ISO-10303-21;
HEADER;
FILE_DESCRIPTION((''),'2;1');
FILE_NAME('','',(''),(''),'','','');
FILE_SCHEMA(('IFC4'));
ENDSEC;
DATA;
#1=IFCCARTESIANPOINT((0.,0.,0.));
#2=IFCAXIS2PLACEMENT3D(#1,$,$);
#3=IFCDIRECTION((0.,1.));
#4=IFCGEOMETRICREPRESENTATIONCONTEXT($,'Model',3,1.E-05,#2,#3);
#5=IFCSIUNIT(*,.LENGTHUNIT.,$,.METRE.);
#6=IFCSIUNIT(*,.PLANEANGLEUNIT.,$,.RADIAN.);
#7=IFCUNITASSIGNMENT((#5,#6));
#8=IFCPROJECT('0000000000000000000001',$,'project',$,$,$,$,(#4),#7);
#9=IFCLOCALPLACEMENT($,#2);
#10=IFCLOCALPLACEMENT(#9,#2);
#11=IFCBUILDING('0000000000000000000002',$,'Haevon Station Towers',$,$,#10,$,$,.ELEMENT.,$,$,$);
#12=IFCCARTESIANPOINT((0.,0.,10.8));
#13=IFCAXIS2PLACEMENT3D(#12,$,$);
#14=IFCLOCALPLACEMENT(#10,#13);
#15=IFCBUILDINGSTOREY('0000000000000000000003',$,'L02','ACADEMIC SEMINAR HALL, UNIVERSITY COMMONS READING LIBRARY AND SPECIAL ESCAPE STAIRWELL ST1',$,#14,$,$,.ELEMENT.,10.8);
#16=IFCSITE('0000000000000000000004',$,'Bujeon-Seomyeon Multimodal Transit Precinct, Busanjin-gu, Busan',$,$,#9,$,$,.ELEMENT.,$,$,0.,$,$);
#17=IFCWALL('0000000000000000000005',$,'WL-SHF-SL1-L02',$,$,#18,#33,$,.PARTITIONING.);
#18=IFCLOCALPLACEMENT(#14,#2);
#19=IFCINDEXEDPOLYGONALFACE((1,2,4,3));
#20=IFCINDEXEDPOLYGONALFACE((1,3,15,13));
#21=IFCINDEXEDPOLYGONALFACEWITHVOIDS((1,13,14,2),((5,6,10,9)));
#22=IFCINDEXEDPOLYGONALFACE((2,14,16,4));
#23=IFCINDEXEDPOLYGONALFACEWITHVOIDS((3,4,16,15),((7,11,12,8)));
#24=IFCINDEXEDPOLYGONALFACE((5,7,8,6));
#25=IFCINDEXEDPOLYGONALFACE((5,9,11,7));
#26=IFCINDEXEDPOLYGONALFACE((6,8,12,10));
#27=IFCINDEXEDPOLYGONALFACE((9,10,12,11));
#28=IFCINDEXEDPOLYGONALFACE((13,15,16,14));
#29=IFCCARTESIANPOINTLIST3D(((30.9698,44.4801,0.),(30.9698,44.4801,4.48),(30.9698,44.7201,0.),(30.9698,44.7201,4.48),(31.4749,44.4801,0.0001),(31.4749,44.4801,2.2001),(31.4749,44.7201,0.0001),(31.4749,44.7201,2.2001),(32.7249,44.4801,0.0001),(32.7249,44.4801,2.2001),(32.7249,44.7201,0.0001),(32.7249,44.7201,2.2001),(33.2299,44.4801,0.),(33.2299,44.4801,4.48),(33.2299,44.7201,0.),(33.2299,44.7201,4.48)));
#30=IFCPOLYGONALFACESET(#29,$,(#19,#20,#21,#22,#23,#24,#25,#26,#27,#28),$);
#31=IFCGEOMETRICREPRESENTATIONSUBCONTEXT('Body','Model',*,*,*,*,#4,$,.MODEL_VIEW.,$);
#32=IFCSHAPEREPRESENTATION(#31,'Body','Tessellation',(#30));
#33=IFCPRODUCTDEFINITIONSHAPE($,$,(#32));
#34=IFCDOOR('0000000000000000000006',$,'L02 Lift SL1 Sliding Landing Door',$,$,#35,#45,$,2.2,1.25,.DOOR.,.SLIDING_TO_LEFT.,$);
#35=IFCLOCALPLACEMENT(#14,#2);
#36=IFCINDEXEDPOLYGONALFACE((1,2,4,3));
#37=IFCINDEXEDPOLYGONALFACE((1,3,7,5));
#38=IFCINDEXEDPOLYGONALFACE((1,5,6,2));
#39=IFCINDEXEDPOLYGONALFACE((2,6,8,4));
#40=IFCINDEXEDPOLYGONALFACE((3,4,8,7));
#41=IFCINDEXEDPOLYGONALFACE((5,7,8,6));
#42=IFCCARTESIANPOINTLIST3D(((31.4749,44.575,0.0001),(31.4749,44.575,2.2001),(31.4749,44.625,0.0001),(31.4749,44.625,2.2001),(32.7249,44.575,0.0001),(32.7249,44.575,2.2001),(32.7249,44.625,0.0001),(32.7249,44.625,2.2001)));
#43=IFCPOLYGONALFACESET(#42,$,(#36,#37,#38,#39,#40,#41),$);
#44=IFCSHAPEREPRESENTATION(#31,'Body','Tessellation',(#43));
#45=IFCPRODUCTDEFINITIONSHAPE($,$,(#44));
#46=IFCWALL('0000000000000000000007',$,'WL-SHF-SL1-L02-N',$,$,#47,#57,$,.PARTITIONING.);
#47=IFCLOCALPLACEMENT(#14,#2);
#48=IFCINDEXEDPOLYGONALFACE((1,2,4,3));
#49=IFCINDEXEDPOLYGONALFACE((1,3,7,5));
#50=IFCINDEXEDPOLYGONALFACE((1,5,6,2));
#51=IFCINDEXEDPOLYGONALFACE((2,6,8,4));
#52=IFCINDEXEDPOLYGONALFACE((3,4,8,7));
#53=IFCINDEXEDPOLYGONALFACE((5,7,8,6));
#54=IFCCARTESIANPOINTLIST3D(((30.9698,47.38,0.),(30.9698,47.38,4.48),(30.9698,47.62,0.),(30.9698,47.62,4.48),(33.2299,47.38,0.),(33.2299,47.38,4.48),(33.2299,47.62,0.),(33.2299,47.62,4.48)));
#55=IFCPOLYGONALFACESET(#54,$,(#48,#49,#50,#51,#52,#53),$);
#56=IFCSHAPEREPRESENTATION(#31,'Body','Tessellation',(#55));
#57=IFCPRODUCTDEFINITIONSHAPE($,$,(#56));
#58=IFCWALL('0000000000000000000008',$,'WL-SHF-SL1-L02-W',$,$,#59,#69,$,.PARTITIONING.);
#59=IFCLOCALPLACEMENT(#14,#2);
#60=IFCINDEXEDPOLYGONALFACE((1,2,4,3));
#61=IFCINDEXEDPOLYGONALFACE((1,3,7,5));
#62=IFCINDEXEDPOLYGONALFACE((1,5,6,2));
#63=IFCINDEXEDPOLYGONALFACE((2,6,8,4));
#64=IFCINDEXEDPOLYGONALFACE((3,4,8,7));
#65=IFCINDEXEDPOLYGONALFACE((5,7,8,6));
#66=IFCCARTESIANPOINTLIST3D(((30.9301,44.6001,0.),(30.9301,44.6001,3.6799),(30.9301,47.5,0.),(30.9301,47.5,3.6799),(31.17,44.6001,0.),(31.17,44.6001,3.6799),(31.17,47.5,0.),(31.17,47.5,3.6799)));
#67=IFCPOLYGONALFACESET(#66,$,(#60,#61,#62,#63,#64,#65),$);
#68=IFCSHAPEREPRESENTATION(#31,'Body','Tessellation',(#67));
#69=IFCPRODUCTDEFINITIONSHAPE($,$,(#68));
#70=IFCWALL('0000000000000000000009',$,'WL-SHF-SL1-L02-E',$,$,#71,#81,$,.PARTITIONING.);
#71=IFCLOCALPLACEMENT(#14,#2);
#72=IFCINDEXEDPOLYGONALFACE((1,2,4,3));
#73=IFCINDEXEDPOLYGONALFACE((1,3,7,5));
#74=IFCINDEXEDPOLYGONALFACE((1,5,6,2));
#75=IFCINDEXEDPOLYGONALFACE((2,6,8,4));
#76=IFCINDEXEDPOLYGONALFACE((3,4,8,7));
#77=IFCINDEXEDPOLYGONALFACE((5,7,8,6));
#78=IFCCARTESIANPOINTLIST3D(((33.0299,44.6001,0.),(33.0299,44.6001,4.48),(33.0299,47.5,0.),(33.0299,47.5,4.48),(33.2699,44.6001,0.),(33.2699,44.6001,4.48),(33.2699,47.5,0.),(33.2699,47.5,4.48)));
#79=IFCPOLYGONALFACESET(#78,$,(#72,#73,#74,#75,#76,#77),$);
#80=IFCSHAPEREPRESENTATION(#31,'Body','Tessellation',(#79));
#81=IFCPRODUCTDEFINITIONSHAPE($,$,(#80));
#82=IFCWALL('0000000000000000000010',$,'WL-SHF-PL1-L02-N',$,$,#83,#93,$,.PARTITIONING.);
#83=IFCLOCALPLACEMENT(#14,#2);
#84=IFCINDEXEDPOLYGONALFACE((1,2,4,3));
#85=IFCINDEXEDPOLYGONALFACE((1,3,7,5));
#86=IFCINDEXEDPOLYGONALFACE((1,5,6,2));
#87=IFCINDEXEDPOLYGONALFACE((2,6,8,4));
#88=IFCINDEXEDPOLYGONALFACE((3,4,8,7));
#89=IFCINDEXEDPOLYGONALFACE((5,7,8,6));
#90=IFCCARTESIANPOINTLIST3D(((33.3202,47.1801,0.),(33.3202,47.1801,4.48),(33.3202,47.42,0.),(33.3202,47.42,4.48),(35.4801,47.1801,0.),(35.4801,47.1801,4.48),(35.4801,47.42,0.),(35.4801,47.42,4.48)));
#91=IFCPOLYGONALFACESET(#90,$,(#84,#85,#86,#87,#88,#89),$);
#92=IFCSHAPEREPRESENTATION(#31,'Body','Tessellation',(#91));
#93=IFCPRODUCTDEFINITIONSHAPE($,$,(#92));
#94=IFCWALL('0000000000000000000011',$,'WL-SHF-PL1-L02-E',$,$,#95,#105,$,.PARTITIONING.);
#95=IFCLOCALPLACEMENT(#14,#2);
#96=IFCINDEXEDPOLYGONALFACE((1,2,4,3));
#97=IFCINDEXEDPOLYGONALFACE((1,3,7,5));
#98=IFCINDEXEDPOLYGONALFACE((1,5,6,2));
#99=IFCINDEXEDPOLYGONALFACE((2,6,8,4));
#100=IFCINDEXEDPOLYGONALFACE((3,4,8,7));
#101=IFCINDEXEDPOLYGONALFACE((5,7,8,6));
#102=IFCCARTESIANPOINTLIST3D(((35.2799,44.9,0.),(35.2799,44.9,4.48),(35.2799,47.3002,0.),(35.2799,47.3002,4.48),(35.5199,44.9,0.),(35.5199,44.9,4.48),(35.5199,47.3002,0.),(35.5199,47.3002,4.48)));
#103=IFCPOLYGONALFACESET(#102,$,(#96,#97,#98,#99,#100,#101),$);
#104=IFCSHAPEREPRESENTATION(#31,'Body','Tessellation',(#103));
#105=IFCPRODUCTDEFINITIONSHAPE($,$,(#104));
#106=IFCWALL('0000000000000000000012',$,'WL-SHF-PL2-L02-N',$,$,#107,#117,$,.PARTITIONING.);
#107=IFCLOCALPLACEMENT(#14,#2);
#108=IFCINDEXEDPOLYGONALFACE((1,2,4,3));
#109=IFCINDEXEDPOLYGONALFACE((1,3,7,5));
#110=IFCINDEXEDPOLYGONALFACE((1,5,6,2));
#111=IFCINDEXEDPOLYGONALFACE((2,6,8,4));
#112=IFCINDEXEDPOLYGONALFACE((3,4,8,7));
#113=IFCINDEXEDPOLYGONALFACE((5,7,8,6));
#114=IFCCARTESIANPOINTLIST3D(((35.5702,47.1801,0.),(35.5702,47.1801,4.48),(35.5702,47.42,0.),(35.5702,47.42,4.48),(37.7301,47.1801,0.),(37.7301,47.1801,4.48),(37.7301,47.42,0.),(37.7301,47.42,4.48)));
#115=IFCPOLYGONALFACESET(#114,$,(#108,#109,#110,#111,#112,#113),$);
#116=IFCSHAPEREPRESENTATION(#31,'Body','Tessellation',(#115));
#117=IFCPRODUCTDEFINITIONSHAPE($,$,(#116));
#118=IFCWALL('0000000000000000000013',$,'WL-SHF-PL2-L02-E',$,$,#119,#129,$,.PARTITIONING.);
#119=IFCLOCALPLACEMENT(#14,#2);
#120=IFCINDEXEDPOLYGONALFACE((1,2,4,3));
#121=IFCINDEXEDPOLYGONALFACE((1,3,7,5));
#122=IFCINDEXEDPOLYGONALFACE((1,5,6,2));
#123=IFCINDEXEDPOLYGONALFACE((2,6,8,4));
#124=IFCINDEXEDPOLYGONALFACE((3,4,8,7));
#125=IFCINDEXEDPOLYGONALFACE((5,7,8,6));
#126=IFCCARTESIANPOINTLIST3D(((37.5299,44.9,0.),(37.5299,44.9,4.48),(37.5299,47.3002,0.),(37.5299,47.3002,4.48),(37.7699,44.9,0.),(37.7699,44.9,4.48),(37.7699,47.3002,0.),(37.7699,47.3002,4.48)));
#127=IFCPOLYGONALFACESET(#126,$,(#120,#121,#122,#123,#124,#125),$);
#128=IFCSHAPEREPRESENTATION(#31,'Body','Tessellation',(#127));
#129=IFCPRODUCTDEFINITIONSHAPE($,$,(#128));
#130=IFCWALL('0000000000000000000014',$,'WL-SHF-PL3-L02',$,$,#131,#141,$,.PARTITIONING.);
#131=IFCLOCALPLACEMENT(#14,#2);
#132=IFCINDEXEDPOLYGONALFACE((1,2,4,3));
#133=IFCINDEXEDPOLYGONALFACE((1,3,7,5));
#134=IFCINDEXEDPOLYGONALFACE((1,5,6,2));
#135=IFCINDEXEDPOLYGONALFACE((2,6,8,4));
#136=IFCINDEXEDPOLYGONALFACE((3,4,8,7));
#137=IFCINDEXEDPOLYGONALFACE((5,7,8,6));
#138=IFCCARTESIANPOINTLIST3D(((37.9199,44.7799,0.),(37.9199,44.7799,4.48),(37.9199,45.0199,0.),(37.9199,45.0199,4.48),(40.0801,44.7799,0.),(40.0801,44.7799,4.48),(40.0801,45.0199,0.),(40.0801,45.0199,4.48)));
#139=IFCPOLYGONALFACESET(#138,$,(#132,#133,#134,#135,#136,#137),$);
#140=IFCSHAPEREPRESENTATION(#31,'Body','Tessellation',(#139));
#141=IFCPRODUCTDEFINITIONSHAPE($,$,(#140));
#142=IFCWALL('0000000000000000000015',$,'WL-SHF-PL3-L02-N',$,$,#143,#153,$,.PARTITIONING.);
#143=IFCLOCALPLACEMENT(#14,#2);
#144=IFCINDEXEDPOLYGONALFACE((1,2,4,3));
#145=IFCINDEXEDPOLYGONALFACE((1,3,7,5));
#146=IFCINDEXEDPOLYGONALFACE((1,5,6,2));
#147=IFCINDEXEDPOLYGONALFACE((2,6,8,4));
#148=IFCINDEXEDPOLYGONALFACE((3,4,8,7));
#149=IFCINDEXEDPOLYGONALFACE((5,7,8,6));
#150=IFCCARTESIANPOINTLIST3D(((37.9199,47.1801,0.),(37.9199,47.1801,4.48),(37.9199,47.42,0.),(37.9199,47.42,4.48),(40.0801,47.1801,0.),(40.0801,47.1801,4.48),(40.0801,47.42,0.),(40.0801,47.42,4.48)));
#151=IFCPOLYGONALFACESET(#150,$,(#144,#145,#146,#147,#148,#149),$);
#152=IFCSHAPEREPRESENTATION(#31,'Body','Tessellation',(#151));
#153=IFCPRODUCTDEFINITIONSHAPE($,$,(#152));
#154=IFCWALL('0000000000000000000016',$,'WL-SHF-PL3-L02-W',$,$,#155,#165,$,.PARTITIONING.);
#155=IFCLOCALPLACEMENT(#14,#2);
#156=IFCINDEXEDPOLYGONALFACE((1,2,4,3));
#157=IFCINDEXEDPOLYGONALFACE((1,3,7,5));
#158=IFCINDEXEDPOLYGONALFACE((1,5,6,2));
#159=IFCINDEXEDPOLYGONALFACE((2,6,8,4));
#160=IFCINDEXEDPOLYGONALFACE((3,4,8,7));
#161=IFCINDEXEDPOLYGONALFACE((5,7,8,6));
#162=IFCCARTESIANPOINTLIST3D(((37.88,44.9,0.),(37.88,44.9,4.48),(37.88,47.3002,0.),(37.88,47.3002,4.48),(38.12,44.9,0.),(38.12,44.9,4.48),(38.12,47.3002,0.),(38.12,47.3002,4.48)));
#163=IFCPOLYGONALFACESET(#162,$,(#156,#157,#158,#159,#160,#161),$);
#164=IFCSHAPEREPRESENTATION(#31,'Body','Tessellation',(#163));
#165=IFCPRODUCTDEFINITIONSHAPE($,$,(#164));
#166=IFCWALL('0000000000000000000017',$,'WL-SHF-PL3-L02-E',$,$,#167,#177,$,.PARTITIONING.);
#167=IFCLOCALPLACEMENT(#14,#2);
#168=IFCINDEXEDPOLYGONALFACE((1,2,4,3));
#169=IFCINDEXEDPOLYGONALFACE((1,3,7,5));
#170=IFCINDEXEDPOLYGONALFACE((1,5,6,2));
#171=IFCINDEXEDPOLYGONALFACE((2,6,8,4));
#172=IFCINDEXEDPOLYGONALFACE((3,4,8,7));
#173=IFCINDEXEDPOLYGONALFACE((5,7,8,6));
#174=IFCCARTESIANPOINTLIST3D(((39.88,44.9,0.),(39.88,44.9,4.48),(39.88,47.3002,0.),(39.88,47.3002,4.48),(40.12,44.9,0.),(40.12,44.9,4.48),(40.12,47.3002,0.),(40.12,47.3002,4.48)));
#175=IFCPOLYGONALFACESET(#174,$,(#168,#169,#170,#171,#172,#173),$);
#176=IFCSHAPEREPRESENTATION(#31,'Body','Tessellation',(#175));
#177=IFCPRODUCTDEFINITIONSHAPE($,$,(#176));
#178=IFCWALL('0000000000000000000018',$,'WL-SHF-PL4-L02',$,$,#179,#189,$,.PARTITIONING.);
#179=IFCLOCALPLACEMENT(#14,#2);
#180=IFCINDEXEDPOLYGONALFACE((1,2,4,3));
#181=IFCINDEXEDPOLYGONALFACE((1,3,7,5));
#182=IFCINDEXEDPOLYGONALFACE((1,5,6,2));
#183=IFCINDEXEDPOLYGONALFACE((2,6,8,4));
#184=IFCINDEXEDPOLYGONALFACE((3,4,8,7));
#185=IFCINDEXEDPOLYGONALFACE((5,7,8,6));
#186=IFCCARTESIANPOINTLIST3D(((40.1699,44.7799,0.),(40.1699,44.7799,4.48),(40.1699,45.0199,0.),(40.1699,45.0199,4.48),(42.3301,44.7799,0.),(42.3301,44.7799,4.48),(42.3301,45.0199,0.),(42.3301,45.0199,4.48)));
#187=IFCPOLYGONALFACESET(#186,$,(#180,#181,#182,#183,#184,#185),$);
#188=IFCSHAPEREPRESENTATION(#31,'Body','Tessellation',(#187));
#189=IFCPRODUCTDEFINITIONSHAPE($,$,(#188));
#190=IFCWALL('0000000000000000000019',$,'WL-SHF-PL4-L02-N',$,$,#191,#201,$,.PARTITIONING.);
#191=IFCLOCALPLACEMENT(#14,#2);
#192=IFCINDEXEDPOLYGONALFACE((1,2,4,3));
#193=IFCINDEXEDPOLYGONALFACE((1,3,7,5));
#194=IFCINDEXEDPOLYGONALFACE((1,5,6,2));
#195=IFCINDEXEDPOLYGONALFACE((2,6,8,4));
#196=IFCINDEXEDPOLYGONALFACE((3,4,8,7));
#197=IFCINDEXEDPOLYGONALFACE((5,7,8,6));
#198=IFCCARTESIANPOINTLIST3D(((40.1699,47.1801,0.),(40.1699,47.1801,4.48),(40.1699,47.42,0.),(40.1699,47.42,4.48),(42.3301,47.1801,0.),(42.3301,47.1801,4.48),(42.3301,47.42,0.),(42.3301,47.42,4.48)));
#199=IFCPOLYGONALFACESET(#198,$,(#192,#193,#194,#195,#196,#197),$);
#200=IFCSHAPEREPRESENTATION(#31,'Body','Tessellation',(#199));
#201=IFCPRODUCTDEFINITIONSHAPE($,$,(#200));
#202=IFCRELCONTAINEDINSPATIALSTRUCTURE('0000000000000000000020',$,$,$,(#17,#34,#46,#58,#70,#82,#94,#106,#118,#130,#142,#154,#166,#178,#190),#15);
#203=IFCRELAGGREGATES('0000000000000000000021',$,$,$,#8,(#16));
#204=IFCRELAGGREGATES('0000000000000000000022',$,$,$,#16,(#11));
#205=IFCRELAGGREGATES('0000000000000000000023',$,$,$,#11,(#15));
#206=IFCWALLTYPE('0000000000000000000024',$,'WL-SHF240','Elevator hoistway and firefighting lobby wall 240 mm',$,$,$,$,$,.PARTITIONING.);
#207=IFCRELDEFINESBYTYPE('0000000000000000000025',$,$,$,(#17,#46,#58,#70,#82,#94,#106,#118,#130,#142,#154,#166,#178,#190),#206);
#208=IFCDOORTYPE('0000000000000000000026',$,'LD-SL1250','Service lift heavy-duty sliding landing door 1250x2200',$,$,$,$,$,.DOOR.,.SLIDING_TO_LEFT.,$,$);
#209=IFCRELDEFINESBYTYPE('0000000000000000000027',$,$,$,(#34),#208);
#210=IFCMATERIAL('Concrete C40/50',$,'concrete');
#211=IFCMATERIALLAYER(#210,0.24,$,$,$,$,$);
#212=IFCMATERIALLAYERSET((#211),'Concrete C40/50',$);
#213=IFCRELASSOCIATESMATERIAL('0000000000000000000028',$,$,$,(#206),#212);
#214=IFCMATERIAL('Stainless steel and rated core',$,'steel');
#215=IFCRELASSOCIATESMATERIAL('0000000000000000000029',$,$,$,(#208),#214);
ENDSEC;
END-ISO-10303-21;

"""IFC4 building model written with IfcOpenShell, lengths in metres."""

from ifc_helpers import new_model, si_unit, direction, frame, frame_2d, origin, place, context, subcontext, project, spatial, rectangle, extrude, material, layer, layer_set, type_object, element, fill, save


model = new_model("IFC4")

# Units and contexts
model_context = context("Model", 3, precision=1e-05, world=origin(), true_north=direction((0.0, 1.0)))
body_context = subcontext(model_context, "Body", "Model", "MODEL_VIEW")
ifc_project = project(units=[si_unit("LENGTHUNIT", "METRE"), si_unit("PLANEANGLEUNIT", "RADIAN")], contexts=[model_context])

# Site, building, storey
site_placement = place(None, origin())
site = spatial("IfcSite", under=ifc_project, at=site_placement, Name="Bujeon-Seomyeon Multimodal Transit Precinct, Busanjin-gu, Busan", CompositionType="ELEMENT", RefElevation=0.0)
building_placement = place(site_placement, origin())
building = spatial("IfcBuilding", under=site, at=building_placement, Name="Haevon Station Towers", CompositionType="ELEMENT")
storey_placement = place(building_placement, frame((0.0, 0.0, 10.8)))
storey = spatial("IfcBuildingStorey", under=building, at=storey_placement, Name="L02", Description="ACADEMIC SEMINAR HALL, UNIVERSITY COMMONS READING LIBRARY AND SPECIAL ESCAPE STAIRWELL ST1", CompositionType="ELEMENT", Elevation=10.8)

# Shared definitions
ifc_material_1 = material(Name="Concrete C40/50", Category="concrete")
ifc_layer_1 = layer(ifc_material_1, 0.24)
ifc_layer_set_1 = layer_set([ifc_layer_1], Name="Concrete C40/50")
wall_type_1 = type_object("IfcWallType", Name="WL-SHF240", Description="Elevator hoistway and firefighting lobby wall 240 mm", PredefinedType="PARTITIONING", material=ifc_layer_set_1)

# Wall, opening, door
wall_1_placement = place(storey_placement, frame((30.97, 44.6001, 0.0), z_axis=(0.0, 0.0, 1.0), x_axis=(1.0, 0.0, 0.0)))
wall_1 = element("IfcWall", 1, at=wall_1_placement, inside=storey, type_object=wall_type_1, Name="WL-SHF-SL1-L02", PredefinedType="PARTITIONING", context=body_context, shape_type="SweptSolid", body=[
    extrude(rectangle(XDim=2.26, YDim=0.24, at=frame_2d((1.1299, 0.0))), origin(), (0.0, 0.0, 1.0), 4.48),
])
opening_1_placement = place(wall_1_placement, frame((0.5049, 0.0, 0.0)))
opening_1 = element("IfcOpeningElement", 2, at=opening_1_placement, cuts=wall_1, PredefinedType="OPENING", context=body_context, shape_type="SweptSolid", body=[
    extrude(rectangle(XDim=1.25, YDim=2.2, at=frame_2d((0.625, 1.1001))), frame((0.0, 0.1299, 0.0), z_axis=(0.0, -1.0, 0.0), x_axis=(1.0, 0.0, 0.0)), (0.0, 0.0, 1.0), 0.26),
])
ifc_material_2 = material(Name="Stainless steel and rated core", Category="steel")
door_type_1 = type_object("IfcDoorType", Name="LD-SL1250", Description="Service lift heavy-duty sliding landing door 1250x2200", OperationType="SLIDING_TO_LEFT", PredefinedType="DOOR", material=ifc_material_2)
door_1_placement = place(opening_1_placement, origin())
door_1 = element("IfcDoor", 3, at=door_1_placement, inside=storey, type_object=door_type_1, Name="L02 Lift SL1 Sliding Landing Door", OperationType="SLIDING_TO_LEFT", OverallHeight=2.2, OverallWidth=1.25, PredefinedType="DOOR", context=body_context, shape_type="SweptSolid", body=[
    extrude(rectangle(XDim=1.25, YDim=2.2, at=frame_2d((0.625, 1.1001))), frame((0.0, 0.0249, 0.0), z_axis=(0.0, -1.0, 0.0), x_axis=(1.0, 0.0, 0.0)), (0.0, 0.0, 1.0), 0.05),
])
fill(opening_1, door_1)

# Walls
wall_2_placement = place(storey_placement, frame((30.97, 47.5, 0.0), z_axis=(0.0, 0.0, 1.0), x_axis=(1.0, 0.0, 0.0)))
element("IfcWall", 4, at=wall_2_placement, inside=storey, type_object=wall_type_1, Name="WL-SHF-SL1-L02-N", PredefinedType="PARTITIONING", context=body_context, shape_type="SweptSolid", body=[
    extrude(rectangle(XDim=2.26, YDim=0.24, at=frame_2d((1.1299, 0.0))), origin(), (0.0, 0.0, 1.0), 4.48),
])
wall_3_placement = place(storey_placement, frame((31.05, 44.6001, 0.0), z_axis=(0.0, 0.0, 1.0), x_axis=(0.0, 1.0, 0.0)))
element("IfcWall", 5, at=wall_3_placement, inside=storey, type_object=wall_type_1, Name="WL-SHF-SL1-L02-W", PredefinedType="PARTITIONING", context=body_context, shape_type="SweptSolid", body=[
    extrude(rectangle(XDim=2.8999, YDim=0.24, at=frame_2d((1.45, 0.0))), origin(), (0.0, 0.0, 1.0), 3.6799),
])
wall_4_placement = place(storey_placement, frame((33.1499, 44.6001, 0.0), z_axis=(0.0, 0.0, 1.0), x_axis=(0.0, 1.0, 0.0)))
element("IfcWall", 6, at=wall_4_placement, inside=storey, type_object=wall_type_1, Name="WL-SHF-SL1-L02-E", PredefinedType="PARTITIONING", context=body_context, shape_type="SweptSolid", body=[
    extrude(rectangle(XDim=2.8999, YDim=0.24, at=frame_2d((1.45, 0.0))), origin(), (0.0, 0.0, 1.0), 4.48),
])

# Walls
wall_5_placement = place(storey_placement, frame((33.3201, 47.3, 0.0), z_axis=(0.0, 0.0, 1.0), x_axis=(1.0, 0.0, 0.0)))
element("IfcWall", 7, at=wall_5_placement, inside=storey, type_object=wall_type_1, Name="WL-SHF-PL1-L02-N", PredefinedType="PARTITIONING", context=body_context, shape_type="SweptSolid", body=[
    extrude(rectangle(XDim=2.1599, YDim=0.24, at=frame_2d((1.0801, 0.0))), origin(), (0.0, 0.0, 1.0), 4.48),
])
wall_6_placement = place(storey_placement, frame((35.3999, 44.8999, 0.0), z_axis=(0.0, 0.0, 1.0), x_axis=(0.0, 1.0, 0.0)))
element("IfcWall", 8, at=wall_6_placement, inside=storey, type_object=wall_type_1, Name="WL-SHF-PL1-L02-E", PredefinedType="PARTITIONING", context=body_context, shape_type="SweptSolid", body=[
    extrude(rectangle(XDim=2.4001, YDim=0.24, at=frame_2d((1.2002, 0.0))), origin(), (0.0, 0.0, 1.0), 4.48),
])

# Walls
wall_7_placement = place(storey_placement, frame((35.5701, 47.3, 0.0), z_axis=(0.0, 0.0, 1.0), x_axis=(1.0, 0.0, 0.0)))
element("IfcWall", 9, at=wall_7_placement, inside=storey, type_object=wall_type_1, Name="WL-SHF-PL2-L02-N", PredefinedType="PARTITIONING", context=body_context, shape_type="SweptSolid", body=[
    extrude(rectangle(XDim=2.1599, YDim=0.24, at=frame_2d((1.0801, 0.0))), origin(), (0.0, 0.0, 1.0), 4.48),
])
wall_8_placement = place(storey_placement, frame((37.6499, 44.8999, 0.0), z_axis=(0.0, 0.0, 1.0), x_axis=(0.0, 1.0, 0.0)))
element("IfcWall", 10, at=wall_8_placement, inside=storey, type_object=wall_type_1, Name="WL-SHF-PL2-L02-E", PredefinedType="PARTITIONING", context=body_context, shape_type="SweptSolid", body=[
    extrude(rectangle(XDim=2.4001, YDim=0.24, at=frame_2d((1.2002, 0.0))), origin(), (0.0, 0.0, 1.0), 4.48),
])
for number, where, z_axis, x_axis, name in (
    (11, (37.9199, 44.8999, 0.0), (0.0, 0.0, 1.0), (1.0, 0.0, 0.0), "WL-SHF-PL3-L02"),
    (12, (37.9199, 47.3, 0.0), (0.0, 0.0, 1.0), (1.0, 0.0, 0.0), "WL-SHF-PL3-L02-N"),
):
    element("IfcWall", number, at=place(storey_placement, frame(where, z_axis=z_axis, x_axis=x_axis)), inside=storey, type_object=wall_type_1, Name=name, PredefinedType="PARTITIONING", context=body_context, shape_type="SweptSolid", body=[
        extrude(rectangle(XDim=2.1602, YDim=0.24, at=frame_2d((1.0801, 0.0))), origin(), (0.0, 0.0, 1.0), 4.48),
    ])
for number, where, z_axis, x_axis, name in (
    (13, (38.0, 44.8999, 0.0), (0.0, 0.0, 1.0), (0.0, 1.0, 0.0), "WL-SHF-PL3-L02-W"),
    (14, (40.0, 44.8999, 0.0), (0.0, 0.0, 1.0), (0.0, 1.0, 0.0), "WL-SHF-PL3-L02-E"),
):
    element("IfcWall", number, at=place(storey_placement, frame(where, z_axis=z_axis, x_axis=x_axis)), inside=storey, type_object=wall_type_1, Name=name, PredefinedType="PARTITIONING", context=body_context, shape_type="SweptSolid", body=[
        extrude(rectangle(XDim=2.4001, YDim=0.24, at=frame_2d((1.2002, 0.0))), origin(), (0.0, 0.0, 1.0), 4.48),
    ])
for number, where, z_axis, x_axis, name in (
    (15, (40.1699, 44.8999, 0.0), (0.0, 0.0, 1.0), (1.0, 0.0, 0.0), "WL-SHF-PL4-L02"),
    (16, (40.1699, 47.3, 0.0), (0.0, 0.0, 1.0), (1.0, 0.0, 0.0), "WL-SHF-PL4-L02-N"),
):
    element("IfcWall", number, at=place(storey_placement, frame(where, z_axis=z_axis, x_axis=x_axis)), inside=storey, type_object=wall_type_1, Name=name, PredefinedType="PARTITIONING", context=body_context, shape_type="SweptSolid", body=[
        extrude(rectangle(XDim=2.1602, YDim=0.24, at=frame_2d((1.0801, 0.0))), origin(), (0.0, 0.0, 1.0), 4.48),
    ])

save(model, "model.ifc")
